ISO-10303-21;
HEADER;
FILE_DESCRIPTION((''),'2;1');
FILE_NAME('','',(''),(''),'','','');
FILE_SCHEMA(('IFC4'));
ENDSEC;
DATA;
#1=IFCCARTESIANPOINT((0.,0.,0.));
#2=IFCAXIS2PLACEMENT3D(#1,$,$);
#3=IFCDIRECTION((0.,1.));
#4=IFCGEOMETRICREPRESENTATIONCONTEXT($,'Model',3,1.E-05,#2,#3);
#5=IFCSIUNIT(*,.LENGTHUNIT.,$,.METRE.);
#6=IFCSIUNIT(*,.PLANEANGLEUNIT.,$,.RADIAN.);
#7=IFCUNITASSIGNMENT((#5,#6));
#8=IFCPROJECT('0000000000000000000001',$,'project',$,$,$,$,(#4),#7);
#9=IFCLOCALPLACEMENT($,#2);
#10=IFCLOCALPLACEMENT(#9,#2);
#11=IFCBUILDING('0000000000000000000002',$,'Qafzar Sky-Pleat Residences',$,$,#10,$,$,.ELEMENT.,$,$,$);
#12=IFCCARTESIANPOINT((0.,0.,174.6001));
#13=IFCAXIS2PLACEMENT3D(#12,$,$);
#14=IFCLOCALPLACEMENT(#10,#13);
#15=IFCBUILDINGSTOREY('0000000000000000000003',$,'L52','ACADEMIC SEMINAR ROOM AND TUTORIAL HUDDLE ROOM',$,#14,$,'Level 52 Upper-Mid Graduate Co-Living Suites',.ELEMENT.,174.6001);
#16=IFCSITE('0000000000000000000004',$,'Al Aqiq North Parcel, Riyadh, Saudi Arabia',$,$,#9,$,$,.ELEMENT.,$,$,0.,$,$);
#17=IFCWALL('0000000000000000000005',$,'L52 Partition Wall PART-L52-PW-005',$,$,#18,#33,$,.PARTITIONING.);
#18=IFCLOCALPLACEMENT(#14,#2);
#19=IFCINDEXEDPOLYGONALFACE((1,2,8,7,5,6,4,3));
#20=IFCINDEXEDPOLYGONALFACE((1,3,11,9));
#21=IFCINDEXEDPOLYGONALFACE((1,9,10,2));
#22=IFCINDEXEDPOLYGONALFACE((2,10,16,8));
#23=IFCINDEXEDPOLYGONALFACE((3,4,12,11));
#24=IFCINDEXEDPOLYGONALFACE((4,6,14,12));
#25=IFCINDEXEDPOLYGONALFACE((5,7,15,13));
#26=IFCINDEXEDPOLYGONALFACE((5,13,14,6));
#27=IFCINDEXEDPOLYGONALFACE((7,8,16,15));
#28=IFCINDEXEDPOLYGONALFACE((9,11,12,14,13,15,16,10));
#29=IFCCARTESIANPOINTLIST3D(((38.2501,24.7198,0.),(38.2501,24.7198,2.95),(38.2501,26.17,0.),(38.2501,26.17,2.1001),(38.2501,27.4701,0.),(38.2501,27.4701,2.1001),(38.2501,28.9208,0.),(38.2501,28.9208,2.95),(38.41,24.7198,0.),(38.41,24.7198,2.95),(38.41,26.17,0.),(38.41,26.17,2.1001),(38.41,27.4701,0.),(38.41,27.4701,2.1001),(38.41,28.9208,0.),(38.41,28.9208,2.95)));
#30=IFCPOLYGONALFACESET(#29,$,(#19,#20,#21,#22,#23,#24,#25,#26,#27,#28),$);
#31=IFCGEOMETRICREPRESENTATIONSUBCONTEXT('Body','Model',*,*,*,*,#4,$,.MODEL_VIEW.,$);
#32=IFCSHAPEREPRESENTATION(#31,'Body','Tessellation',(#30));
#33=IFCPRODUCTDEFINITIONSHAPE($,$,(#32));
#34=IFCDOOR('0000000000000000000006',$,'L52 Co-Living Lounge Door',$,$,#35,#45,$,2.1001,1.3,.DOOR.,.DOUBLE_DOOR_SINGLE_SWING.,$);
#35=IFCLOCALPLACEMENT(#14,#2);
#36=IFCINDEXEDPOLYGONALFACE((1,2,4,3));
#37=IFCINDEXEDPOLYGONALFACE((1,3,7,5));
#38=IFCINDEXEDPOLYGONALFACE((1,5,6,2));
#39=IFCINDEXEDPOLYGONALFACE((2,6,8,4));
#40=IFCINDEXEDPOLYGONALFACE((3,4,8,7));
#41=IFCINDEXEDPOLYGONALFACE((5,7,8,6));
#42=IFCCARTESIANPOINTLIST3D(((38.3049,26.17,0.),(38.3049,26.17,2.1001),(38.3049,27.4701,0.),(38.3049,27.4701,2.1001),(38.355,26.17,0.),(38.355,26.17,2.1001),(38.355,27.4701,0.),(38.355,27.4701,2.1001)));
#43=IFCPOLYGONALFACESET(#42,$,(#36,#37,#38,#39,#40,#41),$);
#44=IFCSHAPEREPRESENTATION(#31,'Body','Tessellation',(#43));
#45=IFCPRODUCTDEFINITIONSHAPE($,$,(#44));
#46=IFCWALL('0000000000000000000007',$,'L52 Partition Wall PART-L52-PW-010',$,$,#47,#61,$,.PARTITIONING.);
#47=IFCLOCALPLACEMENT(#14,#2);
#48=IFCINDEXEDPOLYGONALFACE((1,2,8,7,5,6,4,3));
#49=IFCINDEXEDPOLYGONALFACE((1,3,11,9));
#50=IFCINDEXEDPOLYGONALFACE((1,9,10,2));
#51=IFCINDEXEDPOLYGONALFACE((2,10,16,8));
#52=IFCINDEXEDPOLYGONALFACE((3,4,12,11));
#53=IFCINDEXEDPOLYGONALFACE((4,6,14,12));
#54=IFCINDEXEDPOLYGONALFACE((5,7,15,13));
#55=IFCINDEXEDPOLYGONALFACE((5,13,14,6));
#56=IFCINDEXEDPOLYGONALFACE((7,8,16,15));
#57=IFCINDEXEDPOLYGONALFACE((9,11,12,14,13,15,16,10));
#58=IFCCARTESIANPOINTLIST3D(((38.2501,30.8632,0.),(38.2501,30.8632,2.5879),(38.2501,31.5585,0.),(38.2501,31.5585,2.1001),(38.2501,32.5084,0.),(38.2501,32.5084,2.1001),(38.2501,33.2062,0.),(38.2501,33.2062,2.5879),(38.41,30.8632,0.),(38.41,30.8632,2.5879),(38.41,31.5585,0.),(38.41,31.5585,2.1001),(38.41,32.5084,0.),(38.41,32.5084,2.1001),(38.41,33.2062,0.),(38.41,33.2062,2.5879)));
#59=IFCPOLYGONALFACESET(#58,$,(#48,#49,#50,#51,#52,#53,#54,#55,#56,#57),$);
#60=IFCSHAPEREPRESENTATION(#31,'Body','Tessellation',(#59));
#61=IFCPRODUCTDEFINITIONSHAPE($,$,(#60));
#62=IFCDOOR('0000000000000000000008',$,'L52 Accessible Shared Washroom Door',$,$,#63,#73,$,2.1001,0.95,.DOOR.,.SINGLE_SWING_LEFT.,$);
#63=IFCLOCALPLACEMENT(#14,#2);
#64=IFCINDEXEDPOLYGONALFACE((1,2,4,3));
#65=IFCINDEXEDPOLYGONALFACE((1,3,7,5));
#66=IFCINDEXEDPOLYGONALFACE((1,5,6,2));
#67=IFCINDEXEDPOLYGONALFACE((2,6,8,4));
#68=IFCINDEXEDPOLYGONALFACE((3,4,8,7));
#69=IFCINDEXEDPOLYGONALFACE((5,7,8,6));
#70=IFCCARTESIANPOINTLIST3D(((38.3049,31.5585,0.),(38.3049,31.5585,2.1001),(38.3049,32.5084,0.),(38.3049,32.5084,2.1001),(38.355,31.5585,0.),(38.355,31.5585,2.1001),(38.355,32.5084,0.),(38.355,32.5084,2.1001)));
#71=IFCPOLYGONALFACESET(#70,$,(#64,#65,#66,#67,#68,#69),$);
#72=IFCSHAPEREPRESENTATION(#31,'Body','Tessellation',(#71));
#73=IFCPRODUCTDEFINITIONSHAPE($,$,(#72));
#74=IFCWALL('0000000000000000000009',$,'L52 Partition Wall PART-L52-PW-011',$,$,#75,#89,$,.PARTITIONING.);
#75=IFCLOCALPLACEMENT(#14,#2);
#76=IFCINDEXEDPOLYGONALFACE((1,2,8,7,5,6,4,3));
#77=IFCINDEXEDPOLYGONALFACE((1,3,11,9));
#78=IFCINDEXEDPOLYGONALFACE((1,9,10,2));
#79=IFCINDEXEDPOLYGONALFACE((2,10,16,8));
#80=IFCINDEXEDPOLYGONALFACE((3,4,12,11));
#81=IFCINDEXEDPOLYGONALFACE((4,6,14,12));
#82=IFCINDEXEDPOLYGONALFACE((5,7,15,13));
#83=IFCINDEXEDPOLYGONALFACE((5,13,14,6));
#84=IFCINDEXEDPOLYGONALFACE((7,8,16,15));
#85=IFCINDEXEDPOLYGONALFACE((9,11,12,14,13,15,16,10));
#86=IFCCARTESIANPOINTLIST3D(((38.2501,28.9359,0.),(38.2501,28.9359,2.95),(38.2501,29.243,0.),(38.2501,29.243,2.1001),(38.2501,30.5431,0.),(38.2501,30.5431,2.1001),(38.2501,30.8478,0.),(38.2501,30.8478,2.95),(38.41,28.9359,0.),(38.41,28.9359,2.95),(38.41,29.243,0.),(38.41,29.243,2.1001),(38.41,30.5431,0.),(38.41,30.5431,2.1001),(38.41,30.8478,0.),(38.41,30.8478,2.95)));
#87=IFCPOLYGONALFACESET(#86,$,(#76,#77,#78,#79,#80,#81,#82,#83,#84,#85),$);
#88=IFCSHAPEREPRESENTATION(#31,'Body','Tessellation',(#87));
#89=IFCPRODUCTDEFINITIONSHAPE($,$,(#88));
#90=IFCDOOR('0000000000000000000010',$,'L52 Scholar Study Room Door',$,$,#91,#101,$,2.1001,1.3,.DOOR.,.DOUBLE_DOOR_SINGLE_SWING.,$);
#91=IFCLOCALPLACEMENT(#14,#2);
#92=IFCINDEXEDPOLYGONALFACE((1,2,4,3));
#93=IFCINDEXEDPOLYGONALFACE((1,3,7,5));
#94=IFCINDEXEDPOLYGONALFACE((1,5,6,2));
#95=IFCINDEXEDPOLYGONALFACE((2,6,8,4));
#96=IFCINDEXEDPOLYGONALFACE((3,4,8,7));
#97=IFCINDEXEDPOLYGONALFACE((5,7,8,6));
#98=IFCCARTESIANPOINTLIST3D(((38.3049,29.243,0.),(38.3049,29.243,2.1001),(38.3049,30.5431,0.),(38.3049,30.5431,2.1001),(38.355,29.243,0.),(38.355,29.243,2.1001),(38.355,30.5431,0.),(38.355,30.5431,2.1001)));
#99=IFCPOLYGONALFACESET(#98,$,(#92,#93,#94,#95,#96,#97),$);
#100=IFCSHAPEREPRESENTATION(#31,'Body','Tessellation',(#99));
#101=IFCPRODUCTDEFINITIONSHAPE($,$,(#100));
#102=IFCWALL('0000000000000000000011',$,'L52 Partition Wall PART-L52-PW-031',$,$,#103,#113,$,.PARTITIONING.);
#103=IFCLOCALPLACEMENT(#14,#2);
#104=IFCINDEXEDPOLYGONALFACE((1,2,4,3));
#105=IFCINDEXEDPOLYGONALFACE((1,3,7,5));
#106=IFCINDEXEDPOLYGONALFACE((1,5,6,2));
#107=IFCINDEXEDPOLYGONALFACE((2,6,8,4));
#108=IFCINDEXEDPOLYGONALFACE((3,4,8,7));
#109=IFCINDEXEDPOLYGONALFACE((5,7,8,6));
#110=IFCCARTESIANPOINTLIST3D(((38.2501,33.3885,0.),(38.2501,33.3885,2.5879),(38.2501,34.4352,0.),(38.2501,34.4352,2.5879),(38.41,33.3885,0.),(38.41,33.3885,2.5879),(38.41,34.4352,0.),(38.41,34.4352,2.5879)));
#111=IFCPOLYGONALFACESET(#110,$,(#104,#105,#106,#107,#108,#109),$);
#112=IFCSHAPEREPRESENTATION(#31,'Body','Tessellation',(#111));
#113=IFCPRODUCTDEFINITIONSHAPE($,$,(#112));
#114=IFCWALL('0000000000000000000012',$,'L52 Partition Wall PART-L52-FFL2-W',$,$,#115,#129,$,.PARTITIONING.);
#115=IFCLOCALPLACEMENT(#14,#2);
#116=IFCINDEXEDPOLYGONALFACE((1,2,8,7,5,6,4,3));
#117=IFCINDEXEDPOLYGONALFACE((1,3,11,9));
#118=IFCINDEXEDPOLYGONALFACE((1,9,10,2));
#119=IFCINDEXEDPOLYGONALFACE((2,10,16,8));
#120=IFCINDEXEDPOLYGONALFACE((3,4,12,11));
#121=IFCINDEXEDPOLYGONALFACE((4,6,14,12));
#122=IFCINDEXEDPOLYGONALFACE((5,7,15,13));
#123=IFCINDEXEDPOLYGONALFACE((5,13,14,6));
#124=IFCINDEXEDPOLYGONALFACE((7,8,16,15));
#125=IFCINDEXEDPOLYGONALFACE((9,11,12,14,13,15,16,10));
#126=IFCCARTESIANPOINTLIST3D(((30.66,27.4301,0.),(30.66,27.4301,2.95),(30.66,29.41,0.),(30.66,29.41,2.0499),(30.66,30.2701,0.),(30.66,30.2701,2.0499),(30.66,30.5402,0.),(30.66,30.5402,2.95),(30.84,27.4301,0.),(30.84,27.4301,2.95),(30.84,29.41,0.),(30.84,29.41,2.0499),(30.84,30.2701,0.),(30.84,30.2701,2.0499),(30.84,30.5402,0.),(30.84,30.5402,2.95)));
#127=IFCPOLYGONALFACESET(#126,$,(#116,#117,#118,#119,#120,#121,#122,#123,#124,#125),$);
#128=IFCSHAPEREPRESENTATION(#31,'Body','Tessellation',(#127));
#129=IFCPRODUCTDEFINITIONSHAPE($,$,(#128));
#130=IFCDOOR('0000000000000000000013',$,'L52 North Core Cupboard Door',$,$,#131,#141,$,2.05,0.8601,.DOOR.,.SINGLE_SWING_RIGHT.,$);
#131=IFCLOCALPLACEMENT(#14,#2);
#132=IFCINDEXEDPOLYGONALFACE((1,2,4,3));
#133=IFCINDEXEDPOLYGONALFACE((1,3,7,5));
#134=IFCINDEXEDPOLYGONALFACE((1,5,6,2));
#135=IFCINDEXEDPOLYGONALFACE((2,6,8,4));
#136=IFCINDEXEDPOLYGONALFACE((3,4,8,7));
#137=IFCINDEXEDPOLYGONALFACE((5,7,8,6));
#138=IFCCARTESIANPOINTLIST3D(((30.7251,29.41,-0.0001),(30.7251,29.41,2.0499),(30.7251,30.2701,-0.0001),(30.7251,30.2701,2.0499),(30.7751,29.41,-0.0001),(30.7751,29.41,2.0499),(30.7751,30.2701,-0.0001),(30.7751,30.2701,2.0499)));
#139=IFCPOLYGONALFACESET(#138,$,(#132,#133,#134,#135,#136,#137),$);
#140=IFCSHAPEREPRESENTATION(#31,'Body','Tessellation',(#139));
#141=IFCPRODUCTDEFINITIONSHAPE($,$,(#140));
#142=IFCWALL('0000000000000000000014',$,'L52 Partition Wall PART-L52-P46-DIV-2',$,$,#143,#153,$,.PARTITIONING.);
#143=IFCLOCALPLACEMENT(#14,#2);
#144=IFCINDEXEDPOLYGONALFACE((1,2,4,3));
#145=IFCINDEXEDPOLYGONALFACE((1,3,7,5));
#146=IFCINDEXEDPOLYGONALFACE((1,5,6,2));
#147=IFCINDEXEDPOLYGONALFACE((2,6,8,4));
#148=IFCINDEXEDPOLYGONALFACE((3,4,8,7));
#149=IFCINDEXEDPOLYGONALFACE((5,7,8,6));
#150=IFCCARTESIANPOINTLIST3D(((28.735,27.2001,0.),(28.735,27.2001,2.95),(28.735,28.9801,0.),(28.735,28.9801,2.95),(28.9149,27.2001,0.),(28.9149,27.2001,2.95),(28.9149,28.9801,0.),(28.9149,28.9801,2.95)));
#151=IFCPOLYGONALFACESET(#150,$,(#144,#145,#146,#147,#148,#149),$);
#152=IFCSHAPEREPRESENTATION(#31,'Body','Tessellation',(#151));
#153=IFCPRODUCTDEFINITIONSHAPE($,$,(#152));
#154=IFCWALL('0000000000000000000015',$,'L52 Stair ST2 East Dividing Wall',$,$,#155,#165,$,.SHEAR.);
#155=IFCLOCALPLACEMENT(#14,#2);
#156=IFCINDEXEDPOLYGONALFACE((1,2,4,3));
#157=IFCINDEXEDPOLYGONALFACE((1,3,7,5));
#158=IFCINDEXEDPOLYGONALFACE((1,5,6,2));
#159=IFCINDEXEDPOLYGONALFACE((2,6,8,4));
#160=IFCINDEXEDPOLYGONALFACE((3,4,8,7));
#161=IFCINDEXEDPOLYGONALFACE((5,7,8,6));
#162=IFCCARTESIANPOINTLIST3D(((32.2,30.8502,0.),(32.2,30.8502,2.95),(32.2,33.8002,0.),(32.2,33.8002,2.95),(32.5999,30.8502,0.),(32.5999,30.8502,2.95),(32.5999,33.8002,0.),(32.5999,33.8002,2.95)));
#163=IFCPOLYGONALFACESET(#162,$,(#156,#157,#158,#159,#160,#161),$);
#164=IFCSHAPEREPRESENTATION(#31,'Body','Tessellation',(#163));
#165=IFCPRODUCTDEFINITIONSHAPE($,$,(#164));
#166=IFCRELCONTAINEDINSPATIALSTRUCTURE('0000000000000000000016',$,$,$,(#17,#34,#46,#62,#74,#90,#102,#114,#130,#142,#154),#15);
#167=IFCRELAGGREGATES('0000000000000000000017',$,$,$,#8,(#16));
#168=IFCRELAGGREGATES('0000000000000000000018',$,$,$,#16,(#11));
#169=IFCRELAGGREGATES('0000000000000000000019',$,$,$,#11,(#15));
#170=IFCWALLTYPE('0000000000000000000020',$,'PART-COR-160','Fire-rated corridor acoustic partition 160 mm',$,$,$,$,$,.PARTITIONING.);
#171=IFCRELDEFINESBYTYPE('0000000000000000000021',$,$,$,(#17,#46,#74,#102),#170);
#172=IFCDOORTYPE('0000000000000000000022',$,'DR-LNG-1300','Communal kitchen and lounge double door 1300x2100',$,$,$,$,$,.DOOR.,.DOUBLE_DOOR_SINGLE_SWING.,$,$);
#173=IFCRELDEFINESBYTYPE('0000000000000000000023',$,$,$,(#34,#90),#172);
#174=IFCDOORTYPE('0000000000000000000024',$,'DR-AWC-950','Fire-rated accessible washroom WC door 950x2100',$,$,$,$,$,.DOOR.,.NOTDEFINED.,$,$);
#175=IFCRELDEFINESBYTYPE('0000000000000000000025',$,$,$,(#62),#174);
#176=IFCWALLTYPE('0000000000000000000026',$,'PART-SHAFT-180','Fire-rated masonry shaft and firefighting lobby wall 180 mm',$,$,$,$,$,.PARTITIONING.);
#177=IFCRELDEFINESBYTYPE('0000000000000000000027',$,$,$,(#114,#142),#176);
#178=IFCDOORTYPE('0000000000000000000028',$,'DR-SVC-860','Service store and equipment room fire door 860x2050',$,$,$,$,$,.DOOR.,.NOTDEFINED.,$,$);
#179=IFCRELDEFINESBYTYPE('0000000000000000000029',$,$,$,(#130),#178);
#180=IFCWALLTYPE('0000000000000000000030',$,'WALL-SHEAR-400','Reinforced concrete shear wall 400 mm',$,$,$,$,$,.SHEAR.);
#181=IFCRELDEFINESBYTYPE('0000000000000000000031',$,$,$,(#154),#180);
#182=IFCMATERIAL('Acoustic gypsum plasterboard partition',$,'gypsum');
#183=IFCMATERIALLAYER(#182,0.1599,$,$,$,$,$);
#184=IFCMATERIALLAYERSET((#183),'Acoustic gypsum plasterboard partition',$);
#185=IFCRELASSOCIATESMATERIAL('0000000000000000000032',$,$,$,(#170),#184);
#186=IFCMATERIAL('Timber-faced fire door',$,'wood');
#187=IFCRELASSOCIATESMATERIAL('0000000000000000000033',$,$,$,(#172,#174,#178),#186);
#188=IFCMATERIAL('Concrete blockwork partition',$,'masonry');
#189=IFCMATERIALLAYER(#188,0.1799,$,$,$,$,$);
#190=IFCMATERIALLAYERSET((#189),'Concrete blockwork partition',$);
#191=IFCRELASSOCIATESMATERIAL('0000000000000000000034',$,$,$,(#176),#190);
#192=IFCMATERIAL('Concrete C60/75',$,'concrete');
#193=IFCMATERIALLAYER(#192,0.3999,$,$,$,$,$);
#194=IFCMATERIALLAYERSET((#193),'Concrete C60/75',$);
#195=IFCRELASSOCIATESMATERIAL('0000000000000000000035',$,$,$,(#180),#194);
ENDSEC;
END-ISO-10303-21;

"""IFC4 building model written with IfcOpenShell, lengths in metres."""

from ifc_helpers import new_model, si_unit, direction, frame, frame_2d, origin, place, context, subcontext, project, spatial, rectangle, extrude, source, transform, mapped, material, layer, layer_set, type_object, element, fill, save


model = new_model("IFC4")

# Units and contexts
model_context = context("Model", 3, precision=1e-05, world=origin(), true_north=direction((0.0, 1.0)))
body_context = subcontext(model_context, "Body", "Model", "MODEL_VIEW")
ifc_project = project(units=[si_unit("LENGTHUNIT", "METRE"), si_unit("PLANEANGLEUNIT", "RADIAN")], contexts=[model_context])

# Site, building, storey
site_placement = place(None, origin())
site = spatial("IfcSite", under=ifc_project, at=site_placement, Name="Al Aqiq North Parcel, Riyadh, Saudi Arabia", CompositionType="ELEMENT", RefElevation=0.0)
building_placement = place(site_placement, origin())
building = spatial("IfcBuilding", under=site, at=building_placement, Name="Qafzar Sky-Pleat Residences", CompositionType="ELEMENT")
storey_placement = place(building_placement, frame((0.0, 0.0, 174.6001)))
storey = spatial("IfcBuildingStorey", under=building, at=storey_placement, Name="L52", Description="ACADEMIC SEMINAR ROOM AND TUTORIAL HUDDLE ROOM", LongName="Level 52 Upper-Mid Graduate Co-Living Suites", CompositionType="ELEMENT", Elevation=174.6001)

# Walls, openings, doors
ifc_material_1 = material(Name="Acoustic gypsum plasterboard partition", Category="gypsum")
ifc_layer_1 = layer(ifc_material_1, 0.1599)
ifc_layer_set_1 = layer_set([ifc_layer_1], Name="Acoustic gypsum plasterboard partition")
wall_type_1 = type_object("IfcWallType", Name="PART-COR-160", Description="Fire-rated corridor acoustic partition 160 mm", PredefinedType="PARTITIONING", material=ifc_layer_set_1)
wall_1_placement = place(storey_placement, frame((38.3301, 28.9209, 0.0), z_axis=(0.0, 0.0, 1.0), x_axis=(0.0, -1.0, 0.0)))
wall_1 = element("IfcWall", 1, at=wall_1_placement, inside=storey, type_object=wall_type_1, Name="L52 Partition Wall PART-L52-PW-005", PredefinedType="PARTITIONING", context=body_context, shape_type="SweptSolid", body=[
    extrude(rectangle(XDim=4.2009, YDim=0.1599, at=frame_2d((2.1006, 0.0))), origin(), (0.0, 0.0, 1.0), 2.95),
])
opening_1_placement = place(wall_1_placement, frame((1.4509, 0.0, 0.0)))
opening_1 = element("IfcOpeningElement", 2, at=opening_1_placement, cuts=wall_1, PredefinedType="OPENING", context=body_context, shape_type="SweptSolid", body=[
    extrude(rectangle(XDim=1.3, YDim=2.1001, at=frame_2d((0.6499, 1.05))), frame((0.0, 0.0898, 0.0), z_axis=(0.0, -1.0, 0.0), x_axis=(1.0, 0.0, 0.0)), (0.0, 0.0, 1.0), 0.1799),
])
ifc_material_2 = material(Name="Timber-faced fire door", Category="wood")
door_type_1 = type_object("IfcDoorType", Name="DR-LNG-1300", Description="Communal kitchen and lounge double door 1300x2100", OperationType="DOUBLE_DOOR_SINGLE_SWING", PredefinedType="DOOR", material=ifc_material_2)
shared_shape_1 = source(origin(), body_context, "Body", "SweptSolid", [
    extrude(rectangle(XDim=1.3, YDim=2.1001, at=frame_2d((0.6499, 1.05))), frame((0.0, 0.0249, 0.0), z_axis=(0.0, -1.0, 0.0), x_axis=(1.0, 0.0, 0.0)), (0.0, 0.0, 1.0), 0.05),
])
door_1_placement = place(opening_1_placement, origin())
door_1 = element("IfcDoor", 3, at=door_1_placement, inside=storey, type_object=door_type_1, Name="L52 Co-Living Lounge Door", OperationType="DOUBLE_DOOR_SINGLE_SWING", OverallHeight=2.1001, OverallWidth=1.3, PredefinedType="DOOR", context=body_context, shape_type="MappedRepresentation", body=[
    mapped(shared_shape_1, transform((0.0, 0.0, 0.0), x_axis=(1.0, 0.0, 0.0), y_axis=(0.0, 1.0, 0.0), z_axis=(0.0, 0.0, 1.0), scale=1.0)),
])
fill(opening_1, door_1)
wall_2_placement = place(storey_placement, frame((38.3301, 33.2061, 0.0), z_axis=(0.0, 0.0, 1.0), x_axis=(0.0, -1.0, 0.0)))
wall_2 = element("IfcWall", 4, at=wall_2_placement, inside=storey, type_object=wall_type_1, Name="L52 Partition Wall PART-L52-PW-010", PredefinedType="PARTITIONING", context=body_context, shape_type="SweptSolid", body=[
    extrude(rectangle(XDim=2.343, YDim=0.1599, at=frame_2d((1.1714, 0.0))), origin(), (0.0, 0.0, 1.0), 2.5879),
])
opening_2_placement = place(wall_2_placement, frame((0.6975, 0.0, 0.0)))
opening_2 = element("IfcOpeningElement", 5, at=opening_2_placement, cuts=wall_2, PredefinedType="OPENING", context=body_context, shape_type="SweptSolid", body=[
    extrude(rectangle(XDim=0.95, YDim=2.1001, at=frame_2d((0.4751, 1.05))), frame((0.0, 0.0898, 0.0), z_axis=(0.0, -1.0, 0.0), x_axis=(1.0, 0.0, 0.0)), (0.0, 0.0, 1.0), 0.1799),
])
door_type_2 = type_object("IfcDoorType", Name="DR-AWC-950", Description="Fire-rated accessible washroom WC door 950x2100", OperationType="NOTDEFINED", PredefinedType="DOOR", material=ifc_material_2)
shared_shape_2 = source(origin(), body_context, "Body", "SweptSolid", [
    extrude(rectangle(XDim=0.95, YDim=2.1001, at=frame_2d((0.4751, 1.05))), frame((0.0, 0.0249, 0.0), z_axis=(0.0, -1.0, 0.0), x_axis=(1.0, 0.0, 0.0)), (0.0, 0.0, 1.0), 0.05),
])
door_2_placement = place(opening_2_placement, origin())
door_2 = element("IfcDoor", 6, at=door_2_placement, inside=storey, type_object=door_type_2, Name="L52 Accessible Shared Washroom Door", OperationType="SINGLE_SWING_LEFT", OverallHeight=2.1001, OverallWidth=0.95, PredefinedType="DOOR", context=body_context, shape_type="MappedRepresentation", body=[
    mapped(shared_shape_2, transform((0.0, 0.0, 0.0), x_axis=(1.0, 0.0, 0.0), y_axis=(0.0, 1.0, 0.0), z_axis=(0.0, 0.0, 1.0), scale=1.0)),
])
fill(opening_2, door_2)
wall_3_placement = place(storey_placement, frame((38.3301, 30.8479, 0.0), z_axis=(0.0, 0.0, 1.0), x_axis=(0.0, -1.0, 0.0)))
wall_3 = element("IfcWall", 7, at=wall_3_placement, inside=storey, type_object=wall_type_1, Name="L52 Partition Wall PART-L52-PW-011", PredefinedType="PARTITIONING", context=body_context, shape_type="SweptSolid", body=[
    extrude(rectangle(XDim=1.9119, YDim=0.1599, at=frame_2d((0.9561, 0.0))), origin(), (0.0, 0.0, 1.0), 2.95),
])
opening_3_placement = place(wall_3_placement, frame((0.3049, 0.0, 0.0)))
opening_3 = element("IfcOpeningElement", 8, at=opening_3_placement, cuts=wall_3, PredefinedType="OPENING", context=body_context, shape_type="SweptSolid", body=[
    extrude(rectangle(XDim=1.3, YDim=2.1001, at=frame_2d((0.6499, 1.05))), frame((0.0, 0.0898, 0.0), z_axis=(0.0, -1.0, 0.0), x_axis=(1.0, 0.0, 0.0)), (0.0, 0.0, 1.0), 0.1799),
])
door_3_placement = place(opening_3_placement, origin())
door_3 = element("IfcDoor", 9, at=door_3_placement, inside=storey, type_object=door_type_1, Name="L52 Scholar Study Room Door", OperationType="DOUBLE_DOOR_SINGLE_SWING", OverallHeight=2.1001, OverallWidth=1.3, PredefinedType="DOOR", context=body_context, shape_type="MappedRepresentation", body=[
    mapped(shared_shape_1, transform((0.0, 0.0, 0.0), x_axis=(1.0, 0.0, 0.0), y_axis=(0.0, 1.0, 0.0), z_axis=(0.0, 0.0, 1.0), scale=1.0)),
])
fill(opening_3, door_3)

# Wall
wall_4_placement = place(storey_placement, frame((38.3301, 33.3884, 0.0), z_axis=(0.0, 0.0, 1.0), x_axis=(0.0, 1.0, 0.0)))
element("IfcWall", 10, at=wall_4_placement, inside=storey, type_object=wall_type_1, Name="L52 Partition Wall PART-L52-PW-031", PredefinedType="PARTITIONING", context=body_context, shape_type="SweptSolid", body=[
    extrude(rectangle(XDim=1.0466, YDim=0.1599, at=frame_2d((0.5234, 0.0))), origin(), (0.0, 0.0, 1.0), 2.5879),
])

# Wall, opening, door
ifc_material_3 = material(Name="Concrete blockwork partition", Category="masonry")
ifc_layer_2 = layer(ifc_material_3, 0.1799)
ifc_layer_set_2 = layer_set([ifc_layer_2], Name="Concrete blockwork partition")
wall_type_2 = type_object("IfcWallType", Name="PART-SHAFT-180", Description="Fire-rated masonry shaft and firefighting lobby wall 180 mm", PredefinedType="PARTITIONING", material=ifc_layer_set_2)
wall_5_placement = place(storey_placement, frame((30.75, 27.4299, 0.0), z_axis=(0.0, 0.0, 1.0), x_axis=(0.0, 1.0, 0.0)))
wall_5 = element("IfcWall", 11, at=wall_5_placement, inside=storey, type_object=wall_type_2, Name="L52 Partition Wall PART-L52-FFL2-W", PredefinedType="PARTITIONING", context=body_context, shape_type="SweptSolid", body=[
    extrude(rectangle(XDim=3.1101, YDim=0.1799, at=frame_2d((1.5552, 0.0))), origin(), (0.0, 0.0, 1.0), 2.95),
])
opening_4_placement = place(wall_5_placement, frame((1.98, 0.0, 0.0)))
opening_4 = element("IfcOpeningElement", 12, at=opening_4_placement, cuts=wall_5, PredefinedType="OPENING", context=body_context, shape_type="SweptSolid", body=[
    extrude(rectangle(XDim=0.8601, YDim=2.05, at=frame_2d((0.4302, 1.0249))), frame((0.0, 0.1001, 0.0), z_axis=(0.0, -1.0, 0.0), x_axis=(1.0, 0.0, 0.0)), (0.0, 0.0, 1.0), 0.2),
])
door_type_3 = type_object("IfcDoorType", Name="DR-SVC-860", Description="Service store and equipment room fire door 860x2050", OperationType="NOTDEFINED", PredefinedType="DOOR", material=ifc_material_2)
shared_shape_3 = source(origin(), body_context, "Body", "SweptSolid", [
    extrude(rectangle(XDim=0.8601, YDim=2.05, at=frame_2d((0.4302, 1.0249))), frame((0.0, 0.0249, 0.0), z_axis=(0.0, -1.0, 0.0), x_axis=(1.0, 0.0, 0.0)), (0.0, 0.0, 1.0), 0.05),
])
door_4_placement = place(opening_4_placement, origin())
door_4 = element("IfcDoor", 13, at=door_4_placement, inside=storey, type_object=door_type_3, Name="L52 North Core Cupboard Door", OperationType="SINGLE_SWING_RIGHT", OverallHeight=2.05, OverallWidth=0.8601, PredefinedType="DOOR", context=body_context, shape_type="MappedRepresentation", body=[
    mapped(shared_shape_3, transform((0.0, 0.0, 0.0), x_axis=(1.0, 0.0, 0.0), y_axis=(0.0, 1.0, 0.0), z_axis=(0.0, 0.0, 1.0), scale=1.0)),
])
fill(opening_4, door_4)

# Walls
wall_6_placement = place(storey_placement, frame((28.825, 27.2, 0.0), z_axis=(0.0, 0.0, 1.0), x_axis=(0.0, 1.0, 0.0)))
element("IfcWall", 14, at=wall_6_placement, inside=storey, type_object=wall_type_2, Name="L52 Partition Wall PART-L52-P46-DIV-2", PredefinedType="PARTITIONING", context=body_context, shape_type="SweptSolid", body=[
    extrude(rectangle(XDim=1.78, YDim=0.1799, at=frame_2d((0.8901, 0.0))), origin(), (0.0, 0.0, 1.0), 2.95),
])
ifc_material_4 = material(Name="Concrete C60/75", Category="concrete")
ifc_layer_3 = layer(ifc_material_4, 0.3999)
ifc_layer_set_3 = layer_set([ifc_layer_3], Name="Concrete C60/75")
wall_type_3 = type_object("IfcWallType", Name="WALL-SHEAR-400", Description="Reinforced concrete shear wall 400 mm", PredefinedType="SHEAR", material=ifc_layer_set_3)
wall_7_placement = place(storey_placement, frame((32.3999, 30.8501, 0.0), z_axis=(0.0, 0.0, 1.0), x_axis=(0.0, 1.0, 0.0)))
element("IfcWall", 15, at=wall_7_placement, inside=storey, type_object=wall_type_3, Name="L52 Stair ST2 East Dividing Wall", PredefinedType="SHEAR", context=body_context, shape_type="SweptSolid", body=[
    extrude(rectangle(XDim=2.95, YDim=0.3999, at=frame_2d((1.4751, 0.0))), origin(), (0.0, 0.0, 1.0), 2.95),
])

save(model, "model.ifc")
